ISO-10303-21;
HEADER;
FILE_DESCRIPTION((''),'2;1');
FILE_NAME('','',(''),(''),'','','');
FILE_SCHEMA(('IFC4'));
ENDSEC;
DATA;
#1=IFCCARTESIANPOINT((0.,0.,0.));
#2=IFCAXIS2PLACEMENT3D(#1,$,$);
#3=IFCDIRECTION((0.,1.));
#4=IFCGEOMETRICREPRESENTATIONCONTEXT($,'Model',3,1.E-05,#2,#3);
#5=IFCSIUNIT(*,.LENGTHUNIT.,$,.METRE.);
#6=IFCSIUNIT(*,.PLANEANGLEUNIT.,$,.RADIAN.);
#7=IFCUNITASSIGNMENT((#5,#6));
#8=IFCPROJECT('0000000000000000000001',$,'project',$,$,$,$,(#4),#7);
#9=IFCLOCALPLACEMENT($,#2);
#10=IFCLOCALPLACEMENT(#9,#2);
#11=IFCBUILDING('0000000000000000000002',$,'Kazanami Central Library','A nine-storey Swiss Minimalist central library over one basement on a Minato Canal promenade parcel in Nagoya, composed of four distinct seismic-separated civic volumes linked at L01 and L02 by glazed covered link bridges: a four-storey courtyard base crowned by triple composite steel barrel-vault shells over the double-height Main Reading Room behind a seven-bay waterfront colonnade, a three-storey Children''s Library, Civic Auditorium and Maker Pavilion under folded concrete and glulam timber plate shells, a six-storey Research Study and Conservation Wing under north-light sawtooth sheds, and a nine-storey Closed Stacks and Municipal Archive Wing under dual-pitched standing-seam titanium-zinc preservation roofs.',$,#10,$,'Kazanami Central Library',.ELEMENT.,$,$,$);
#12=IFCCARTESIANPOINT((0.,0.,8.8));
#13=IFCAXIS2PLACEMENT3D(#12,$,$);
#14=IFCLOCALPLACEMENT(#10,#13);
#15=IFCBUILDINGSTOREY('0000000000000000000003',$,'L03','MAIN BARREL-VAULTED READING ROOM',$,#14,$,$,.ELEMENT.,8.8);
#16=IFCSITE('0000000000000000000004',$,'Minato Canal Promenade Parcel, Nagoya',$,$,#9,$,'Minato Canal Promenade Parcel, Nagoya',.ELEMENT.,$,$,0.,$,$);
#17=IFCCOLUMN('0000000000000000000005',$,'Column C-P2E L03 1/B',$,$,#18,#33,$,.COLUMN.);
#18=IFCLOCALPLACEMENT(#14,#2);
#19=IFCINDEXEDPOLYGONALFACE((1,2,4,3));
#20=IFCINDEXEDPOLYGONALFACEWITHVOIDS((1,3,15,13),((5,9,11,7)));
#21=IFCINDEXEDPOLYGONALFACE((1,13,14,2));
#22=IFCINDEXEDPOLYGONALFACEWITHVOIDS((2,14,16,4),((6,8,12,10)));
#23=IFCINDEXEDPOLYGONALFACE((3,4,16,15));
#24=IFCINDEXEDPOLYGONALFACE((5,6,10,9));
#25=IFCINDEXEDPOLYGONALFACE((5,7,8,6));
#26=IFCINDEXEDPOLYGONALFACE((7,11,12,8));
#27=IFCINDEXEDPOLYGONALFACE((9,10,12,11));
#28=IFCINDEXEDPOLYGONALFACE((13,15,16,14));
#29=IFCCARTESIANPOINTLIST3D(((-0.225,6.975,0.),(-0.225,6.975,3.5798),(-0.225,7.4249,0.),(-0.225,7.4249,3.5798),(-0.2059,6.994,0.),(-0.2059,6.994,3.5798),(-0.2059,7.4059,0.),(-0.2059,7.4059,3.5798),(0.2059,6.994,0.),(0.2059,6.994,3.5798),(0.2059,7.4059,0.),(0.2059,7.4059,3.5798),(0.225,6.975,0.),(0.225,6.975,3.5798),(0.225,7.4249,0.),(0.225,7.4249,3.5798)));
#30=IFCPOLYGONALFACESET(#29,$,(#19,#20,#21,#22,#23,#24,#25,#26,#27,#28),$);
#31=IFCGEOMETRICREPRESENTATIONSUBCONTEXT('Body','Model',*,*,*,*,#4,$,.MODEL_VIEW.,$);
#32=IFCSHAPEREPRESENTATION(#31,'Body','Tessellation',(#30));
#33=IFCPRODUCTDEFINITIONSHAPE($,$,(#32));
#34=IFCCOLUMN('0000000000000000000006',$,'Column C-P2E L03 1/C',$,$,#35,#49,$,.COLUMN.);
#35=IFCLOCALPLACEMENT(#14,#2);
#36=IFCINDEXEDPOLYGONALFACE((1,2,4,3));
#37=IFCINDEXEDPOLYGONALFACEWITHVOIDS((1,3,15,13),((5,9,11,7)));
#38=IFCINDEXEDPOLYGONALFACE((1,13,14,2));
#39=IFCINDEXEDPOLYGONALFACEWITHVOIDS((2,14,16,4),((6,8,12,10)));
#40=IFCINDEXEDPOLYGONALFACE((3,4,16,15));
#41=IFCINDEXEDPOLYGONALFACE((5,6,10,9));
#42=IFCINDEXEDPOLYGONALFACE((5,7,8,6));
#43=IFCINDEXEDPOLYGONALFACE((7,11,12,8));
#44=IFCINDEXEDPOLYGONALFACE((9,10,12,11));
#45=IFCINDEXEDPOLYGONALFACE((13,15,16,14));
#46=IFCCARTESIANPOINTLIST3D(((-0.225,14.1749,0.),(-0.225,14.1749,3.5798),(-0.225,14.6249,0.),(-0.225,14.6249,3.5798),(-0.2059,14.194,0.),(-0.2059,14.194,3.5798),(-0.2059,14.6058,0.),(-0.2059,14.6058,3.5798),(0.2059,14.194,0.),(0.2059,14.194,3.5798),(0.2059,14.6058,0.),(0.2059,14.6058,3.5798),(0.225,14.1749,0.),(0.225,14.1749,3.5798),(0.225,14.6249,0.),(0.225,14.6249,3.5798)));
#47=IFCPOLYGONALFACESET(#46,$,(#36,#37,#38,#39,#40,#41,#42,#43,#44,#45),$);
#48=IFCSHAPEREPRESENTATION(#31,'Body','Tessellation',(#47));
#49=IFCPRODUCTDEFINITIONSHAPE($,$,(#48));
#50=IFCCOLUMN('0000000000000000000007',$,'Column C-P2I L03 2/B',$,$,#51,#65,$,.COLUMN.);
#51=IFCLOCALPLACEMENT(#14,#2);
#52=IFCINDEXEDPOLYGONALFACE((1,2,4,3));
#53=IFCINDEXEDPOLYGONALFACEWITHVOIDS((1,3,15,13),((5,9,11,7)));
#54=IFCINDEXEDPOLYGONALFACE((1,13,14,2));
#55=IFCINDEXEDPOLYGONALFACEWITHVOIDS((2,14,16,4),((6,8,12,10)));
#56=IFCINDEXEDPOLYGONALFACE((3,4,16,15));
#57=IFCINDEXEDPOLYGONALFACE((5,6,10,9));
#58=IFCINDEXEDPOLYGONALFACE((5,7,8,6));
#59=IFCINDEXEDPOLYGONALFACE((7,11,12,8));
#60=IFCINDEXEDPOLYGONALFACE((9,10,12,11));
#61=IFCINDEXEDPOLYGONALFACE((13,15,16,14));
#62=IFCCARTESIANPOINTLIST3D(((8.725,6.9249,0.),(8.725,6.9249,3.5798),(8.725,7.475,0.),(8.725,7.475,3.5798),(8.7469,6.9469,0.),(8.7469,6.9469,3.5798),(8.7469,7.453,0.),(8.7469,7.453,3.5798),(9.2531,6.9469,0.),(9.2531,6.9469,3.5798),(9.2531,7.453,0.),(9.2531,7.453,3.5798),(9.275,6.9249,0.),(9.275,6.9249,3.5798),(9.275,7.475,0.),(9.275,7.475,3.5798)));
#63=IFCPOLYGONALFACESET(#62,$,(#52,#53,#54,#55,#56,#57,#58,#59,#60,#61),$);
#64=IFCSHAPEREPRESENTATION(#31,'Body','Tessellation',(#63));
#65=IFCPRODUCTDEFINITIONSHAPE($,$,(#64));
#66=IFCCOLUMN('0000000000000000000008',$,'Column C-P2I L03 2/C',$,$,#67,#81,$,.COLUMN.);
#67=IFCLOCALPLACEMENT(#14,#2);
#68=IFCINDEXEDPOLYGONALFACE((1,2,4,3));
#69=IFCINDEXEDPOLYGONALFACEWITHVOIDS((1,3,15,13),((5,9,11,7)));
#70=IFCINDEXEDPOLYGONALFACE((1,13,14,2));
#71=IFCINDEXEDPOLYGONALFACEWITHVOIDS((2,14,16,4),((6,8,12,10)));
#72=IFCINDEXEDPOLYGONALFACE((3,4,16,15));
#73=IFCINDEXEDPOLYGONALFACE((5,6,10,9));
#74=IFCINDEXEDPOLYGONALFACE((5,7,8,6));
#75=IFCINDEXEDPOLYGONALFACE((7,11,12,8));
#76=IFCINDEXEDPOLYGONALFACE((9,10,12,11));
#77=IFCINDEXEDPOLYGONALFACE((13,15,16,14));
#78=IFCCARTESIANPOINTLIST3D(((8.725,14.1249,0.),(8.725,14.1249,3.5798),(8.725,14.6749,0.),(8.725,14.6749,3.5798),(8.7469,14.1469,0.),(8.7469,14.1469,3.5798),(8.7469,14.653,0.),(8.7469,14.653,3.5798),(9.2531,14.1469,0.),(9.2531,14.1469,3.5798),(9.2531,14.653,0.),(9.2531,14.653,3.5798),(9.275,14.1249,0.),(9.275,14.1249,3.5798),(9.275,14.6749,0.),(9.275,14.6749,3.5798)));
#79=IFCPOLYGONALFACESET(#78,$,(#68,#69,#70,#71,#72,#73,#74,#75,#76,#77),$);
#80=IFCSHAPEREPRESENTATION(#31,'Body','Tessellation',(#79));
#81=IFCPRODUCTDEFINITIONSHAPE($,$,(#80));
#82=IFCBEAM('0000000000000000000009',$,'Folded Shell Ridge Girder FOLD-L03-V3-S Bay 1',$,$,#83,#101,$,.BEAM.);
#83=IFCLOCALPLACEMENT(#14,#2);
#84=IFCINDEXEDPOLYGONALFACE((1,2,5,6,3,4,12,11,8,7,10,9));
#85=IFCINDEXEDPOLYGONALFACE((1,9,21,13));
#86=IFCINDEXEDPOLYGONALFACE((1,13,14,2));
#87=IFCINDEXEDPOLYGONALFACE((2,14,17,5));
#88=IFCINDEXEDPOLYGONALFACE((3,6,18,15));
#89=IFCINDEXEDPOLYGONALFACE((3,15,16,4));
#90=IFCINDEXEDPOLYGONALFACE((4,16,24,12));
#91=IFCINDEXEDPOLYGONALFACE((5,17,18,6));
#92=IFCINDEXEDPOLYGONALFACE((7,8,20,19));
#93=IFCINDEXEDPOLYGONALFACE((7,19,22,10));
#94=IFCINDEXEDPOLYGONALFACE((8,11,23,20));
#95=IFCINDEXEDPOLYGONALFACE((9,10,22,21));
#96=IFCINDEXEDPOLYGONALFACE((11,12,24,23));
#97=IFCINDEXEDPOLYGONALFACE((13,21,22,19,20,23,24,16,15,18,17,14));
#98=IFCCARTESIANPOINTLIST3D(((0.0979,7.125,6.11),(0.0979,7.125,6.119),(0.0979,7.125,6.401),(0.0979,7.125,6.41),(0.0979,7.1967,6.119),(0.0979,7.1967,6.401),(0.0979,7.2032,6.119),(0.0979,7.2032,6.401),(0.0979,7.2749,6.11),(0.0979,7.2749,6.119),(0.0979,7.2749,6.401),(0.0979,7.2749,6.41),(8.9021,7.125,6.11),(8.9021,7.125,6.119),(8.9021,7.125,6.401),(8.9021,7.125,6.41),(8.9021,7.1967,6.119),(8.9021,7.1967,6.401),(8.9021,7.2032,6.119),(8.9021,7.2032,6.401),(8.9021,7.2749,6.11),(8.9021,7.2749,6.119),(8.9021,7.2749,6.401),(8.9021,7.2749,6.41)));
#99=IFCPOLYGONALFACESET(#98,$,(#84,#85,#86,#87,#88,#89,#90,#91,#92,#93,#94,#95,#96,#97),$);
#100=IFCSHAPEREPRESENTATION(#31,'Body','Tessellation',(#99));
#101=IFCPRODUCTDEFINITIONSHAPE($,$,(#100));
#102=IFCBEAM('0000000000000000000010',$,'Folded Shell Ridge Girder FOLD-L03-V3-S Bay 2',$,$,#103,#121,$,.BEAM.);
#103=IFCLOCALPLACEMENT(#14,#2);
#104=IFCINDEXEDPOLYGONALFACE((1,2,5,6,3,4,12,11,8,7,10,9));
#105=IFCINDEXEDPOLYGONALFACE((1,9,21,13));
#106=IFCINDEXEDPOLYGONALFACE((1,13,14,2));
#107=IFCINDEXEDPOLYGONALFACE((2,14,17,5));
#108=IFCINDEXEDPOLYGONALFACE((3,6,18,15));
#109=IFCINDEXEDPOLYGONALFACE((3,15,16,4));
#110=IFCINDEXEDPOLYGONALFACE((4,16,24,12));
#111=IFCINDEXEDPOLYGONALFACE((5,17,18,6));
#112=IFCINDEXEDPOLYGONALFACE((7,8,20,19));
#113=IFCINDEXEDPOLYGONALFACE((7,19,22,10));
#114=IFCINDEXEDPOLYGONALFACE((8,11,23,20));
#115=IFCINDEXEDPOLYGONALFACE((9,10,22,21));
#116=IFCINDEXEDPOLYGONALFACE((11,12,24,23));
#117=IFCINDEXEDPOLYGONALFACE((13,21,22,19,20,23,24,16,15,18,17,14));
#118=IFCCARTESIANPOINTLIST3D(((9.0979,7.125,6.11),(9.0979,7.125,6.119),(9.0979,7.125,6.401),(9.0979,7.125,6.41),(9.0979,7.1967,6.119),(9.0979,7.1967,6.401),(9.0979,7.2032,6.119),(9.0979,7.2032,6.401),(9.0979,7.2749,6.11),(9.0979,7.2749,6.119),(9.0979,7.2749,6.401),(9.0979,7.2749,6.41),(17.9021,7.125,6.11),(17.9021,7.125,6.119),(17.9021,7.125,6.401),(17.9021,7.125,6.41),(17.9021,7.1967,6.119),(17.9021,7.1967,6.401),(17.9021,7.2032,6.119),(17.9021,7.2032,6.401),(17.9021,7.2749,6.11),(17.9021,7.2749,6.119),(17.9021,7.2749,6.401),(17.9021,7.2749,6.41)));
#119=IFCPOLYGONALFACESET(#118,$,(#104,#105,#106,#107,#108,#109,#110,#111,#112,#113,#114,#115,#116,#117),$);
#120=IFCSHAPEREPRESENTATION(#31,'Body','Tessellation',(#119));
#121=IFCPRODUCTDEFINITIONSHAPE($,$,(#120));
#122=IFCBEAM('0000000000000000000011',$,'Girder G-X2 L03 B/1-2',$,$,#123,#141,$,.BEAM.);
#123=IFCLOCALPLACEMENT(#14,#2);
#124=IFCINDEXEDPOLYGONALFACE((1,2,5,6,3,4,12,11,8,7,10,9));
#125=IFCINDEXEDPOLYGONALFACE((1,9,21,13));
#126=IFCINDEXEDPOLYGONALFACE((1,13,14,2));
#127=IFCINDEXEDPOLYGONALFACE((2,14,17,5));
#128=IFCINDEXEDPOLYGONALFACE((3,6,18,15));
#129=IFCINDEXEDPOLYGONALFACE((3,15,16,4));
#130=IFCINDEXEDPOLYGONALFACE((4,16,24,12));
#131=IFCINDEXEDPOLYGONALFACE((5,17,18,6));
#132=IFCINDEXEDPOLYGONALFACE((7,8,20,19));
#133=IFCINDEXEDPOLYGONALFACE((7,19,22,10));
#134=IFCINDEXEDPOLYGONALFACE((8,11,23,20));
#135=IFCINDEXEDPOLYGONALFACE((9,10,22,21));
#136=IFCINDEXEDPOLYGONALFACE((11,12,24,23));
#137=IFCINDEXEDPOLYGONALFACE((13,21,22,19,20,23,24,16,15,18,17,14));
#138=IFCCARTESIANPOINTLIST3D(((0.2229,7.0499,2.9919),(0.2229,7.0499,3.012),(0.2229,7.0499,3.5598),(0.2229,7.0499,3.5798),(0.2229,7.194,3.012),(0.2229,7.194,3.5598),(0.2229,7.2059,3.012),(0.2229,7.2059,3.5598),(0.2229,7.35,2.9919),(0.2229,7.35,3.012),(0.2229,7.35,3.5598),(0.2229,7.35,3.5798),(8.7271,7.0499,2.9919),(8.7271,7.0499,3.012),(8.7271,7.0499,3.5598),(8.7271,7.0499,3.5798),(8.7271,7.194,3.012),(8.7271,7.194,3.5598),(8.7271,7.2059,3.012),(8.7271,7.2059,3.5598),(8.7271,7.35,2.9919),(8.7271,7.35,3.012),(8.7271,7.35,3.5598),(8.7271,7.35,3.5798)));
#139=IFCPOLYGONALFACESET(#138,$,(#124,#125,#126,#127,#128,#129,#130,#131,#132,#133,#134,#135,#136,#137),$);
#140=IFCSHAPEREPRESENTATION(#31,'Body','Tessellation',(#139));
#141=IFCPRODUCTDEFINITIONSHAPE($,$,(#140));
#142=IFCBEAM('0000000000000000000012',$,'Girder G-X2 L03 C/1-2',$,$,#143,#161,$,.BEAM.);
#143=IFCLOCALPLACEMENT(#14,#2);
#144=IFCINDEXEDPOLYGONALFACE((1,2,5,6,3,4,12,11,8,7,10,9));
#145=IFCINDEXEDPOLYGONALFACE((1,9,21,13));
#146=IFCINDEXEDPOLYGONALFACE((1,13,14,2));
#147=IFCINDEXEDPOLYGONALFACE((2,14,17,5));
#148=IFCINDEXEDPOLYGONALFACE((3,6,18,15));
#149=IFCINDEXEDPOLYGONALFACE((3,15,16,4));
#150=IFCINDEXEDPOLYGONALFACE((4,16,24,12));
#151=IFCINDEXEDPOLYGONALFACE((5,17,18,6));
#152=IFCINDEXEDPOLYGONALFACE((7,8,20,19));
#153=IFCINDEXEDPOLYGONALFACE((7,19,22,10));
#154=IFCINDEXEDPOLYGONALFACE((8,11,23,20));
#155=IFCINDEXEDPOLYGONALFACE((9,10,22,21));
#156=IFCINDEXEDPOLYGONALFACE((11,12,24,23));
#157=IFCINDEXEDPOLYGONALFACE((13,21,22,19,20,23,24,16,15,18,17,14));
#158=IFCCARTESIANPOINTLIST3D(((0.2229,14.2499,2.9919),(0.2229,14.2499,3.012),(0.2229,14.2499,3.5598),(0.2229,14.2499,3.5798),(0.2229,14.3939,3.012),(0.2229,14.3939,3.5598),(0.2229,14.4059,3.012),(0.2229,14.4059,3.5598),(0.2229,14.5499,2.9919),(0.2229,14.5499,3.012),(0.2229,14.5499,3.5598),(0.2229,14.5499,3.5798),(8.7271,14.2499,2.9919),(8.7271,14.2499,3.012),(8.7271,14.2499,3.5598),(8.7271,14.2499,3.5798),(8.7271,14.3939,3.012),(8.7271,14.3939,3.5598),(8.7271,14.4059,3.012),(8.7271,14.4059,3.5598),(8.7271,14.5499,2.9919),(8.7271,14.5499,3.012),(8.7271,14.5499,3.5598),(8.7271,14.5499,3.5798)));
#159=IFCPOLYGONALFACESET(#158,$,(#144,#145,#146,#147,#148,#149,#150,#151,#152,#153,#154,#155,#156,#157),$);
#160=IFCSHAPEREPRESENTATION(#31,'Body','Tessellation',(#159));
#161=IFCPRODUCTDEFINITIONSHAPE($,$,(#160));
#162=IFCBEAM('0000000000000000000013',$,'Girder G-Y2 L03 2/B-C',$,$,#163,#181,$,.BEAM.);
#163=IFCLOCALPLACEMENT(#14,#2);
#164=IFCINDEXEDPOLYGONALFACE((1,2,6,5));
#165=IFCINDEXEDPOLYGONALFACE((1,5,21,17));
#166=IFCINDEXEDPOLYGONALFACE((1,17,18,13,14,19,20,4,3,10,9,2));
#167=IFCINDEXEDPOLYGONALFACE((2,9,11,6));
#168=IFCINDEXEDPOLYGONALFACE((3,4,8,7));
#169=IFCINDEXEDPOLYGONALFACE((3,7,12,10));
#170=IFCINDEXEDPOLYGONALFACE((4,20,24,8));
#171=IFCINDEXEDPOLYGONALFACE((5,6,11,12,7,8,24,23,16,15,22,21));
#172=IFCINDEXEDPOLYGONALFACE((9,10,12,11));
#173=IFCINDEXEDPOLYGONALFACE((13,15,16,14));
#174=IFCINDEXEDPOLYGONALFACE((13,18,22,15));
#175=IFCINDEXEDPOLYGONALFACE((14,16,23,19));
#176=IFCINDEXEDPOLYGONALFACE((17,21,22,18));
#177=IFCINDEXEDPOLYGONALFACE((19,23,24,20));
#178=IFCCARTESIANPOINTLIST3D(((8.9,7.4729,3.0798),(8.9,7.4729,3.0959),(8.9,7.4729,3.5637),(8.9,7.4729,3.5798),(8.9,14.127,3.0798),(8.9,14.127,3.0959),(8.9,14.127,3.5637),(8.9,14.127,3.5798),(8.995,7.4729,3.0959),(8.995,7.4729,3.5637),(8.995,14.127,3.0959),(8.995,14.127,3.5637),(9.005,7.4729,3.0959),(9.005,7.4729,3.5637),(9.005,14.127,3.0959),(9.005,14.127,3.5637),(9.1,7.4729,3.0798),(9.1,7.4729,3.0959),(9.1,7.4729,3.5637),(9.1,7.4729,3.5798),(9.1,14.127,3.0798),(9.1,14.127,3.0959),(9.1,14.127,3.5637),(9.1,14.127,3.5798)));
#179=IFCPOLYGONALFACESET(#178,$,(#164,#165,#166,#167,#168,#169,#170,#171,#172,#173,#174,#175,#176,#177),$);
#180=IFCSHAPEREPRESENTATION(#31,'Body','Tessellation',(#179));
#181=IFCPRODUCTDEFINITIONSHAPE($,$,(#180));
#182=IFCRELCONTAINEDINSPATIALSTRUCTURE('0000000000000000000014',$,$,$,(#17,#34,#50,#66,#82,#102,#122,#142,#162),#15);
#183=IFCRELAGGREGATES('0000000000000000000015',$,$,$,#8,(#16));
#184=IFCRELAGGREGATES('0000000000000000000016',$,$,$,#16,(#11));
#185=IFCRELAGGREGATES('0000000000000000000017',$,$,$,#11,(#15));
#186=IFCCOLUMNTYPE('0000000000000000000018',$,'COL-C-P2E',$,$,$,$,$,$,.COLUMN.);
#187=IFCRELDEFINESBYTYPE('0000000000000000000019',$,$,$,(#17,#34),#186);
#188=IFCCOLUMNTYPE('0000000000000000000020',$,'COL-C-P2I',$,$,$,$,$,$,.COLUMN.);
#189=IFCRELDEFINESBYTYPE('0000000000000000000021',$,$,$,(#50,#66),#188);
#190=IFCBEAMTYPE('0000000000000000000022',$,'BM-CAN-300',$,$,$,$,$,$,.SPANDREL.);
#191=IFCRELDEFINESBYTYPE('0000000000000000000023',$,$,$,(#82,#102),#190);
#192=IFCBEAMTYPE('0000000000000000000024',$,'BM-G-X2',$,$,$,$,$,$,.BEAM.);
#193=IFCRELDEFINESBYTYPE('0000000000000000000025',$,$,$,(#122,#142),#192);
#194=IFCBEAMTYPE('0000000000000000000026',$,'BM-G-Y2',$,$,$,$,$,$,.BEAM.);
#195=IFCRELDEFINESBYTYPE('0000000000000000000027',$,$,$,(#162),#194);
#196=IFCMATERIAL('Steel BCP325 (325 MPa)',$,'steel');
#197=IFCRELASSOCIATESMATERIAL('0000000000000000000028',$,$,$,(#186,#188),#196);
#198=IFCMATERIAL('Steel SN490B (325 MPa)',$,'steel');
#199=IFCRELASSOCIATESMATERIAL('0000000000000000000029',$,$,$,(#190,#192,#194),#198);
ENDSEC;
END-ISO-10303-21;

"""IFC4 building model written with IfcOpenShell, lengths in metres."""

from ifc_helpers import new_model, si_unit, direction, frame, origin, origin_2d, place, context, subcontext, project, spatial, hollow_rectangle, i_section, extrude, material, material_profile, profile_set, type_object, element, save


model = new_model("IFC4")

# Units and contexts
model_context = context("Model", 3, precision=1e-05, world=origin(), true_north=direction((0.0, 1.0)))
body_context = subcontext(model_context, "Body", "Model", "MODEL_VIEW")
ifc_project = project(units=[si_unit("LENGTHUNIT", "METRE"), si_unit("PLANEANGLEUNIT", "RADIAN")], contexts=[model_context])

# Site, building, storey
site_placement = place(None, origin())
site = spatial("IfcSite", under=ifc_project, at=site_placement, Name="Minato Canal Promenade Parcel, Nagoya", LongName="Minato Canal Promenade Parcel, Nagoya", CompositionType="ELEMENT", RefElevation=0.0)
building_placement = place(site_placement, origin())
building = spatial("IfcBuilding", under=site, at=building_placement, Name="Kazanami Central Library", Description="A nine-storey Swiss Minimalist central library over one basement on a Minato Canal promenade parcel in Nagoya, composed of four distinct seismic-separated civic volumes linked at L01 and L02 by glazed covered link bridges: a four-storey courtyard base crowned by triple composite steel barrel-vault shells over the double-height Main Reading Room behind a seven-bay waterfront colonnade, a three-storey Children's Library, Civic Auditorium and Maker Pavilion under folded concrete and glulam timber plate shells, a six-storey Research Study and Conservation Wing under north-light sawtooth sheds, and a nine-storey Closed Stacks and Municipal Archive Wing under dual-pitched standing-seam titanium-zinc preservation roofs.", LongName="Kazanami Central Library", CompositionType="ELEMENT")
storey_placement = place(building_placement, frame((0.0, 0.0, 8.8)))
storey = spatial("IfcBuildingStorey", under=building, at=storey_placement, Name="L03", Description="MAIN BARREL-VAULTED READING ROOM", CompositionType="ELEMENT", Elevation=8.8)

# Columns
ifc_material_1 = material(Name="Steel BCP325 (325 MPa)", Category="steel")
ifc_material_profile_1 = material_profile(ifc_material_1, hollow_rectangle(XDim=0.45, YDim=0.45, WallThickness=0.019, at=origin_2d()), Name="BCP-450x450x19")
ifc_profile_set_1 = profile_set([ifc_material_profile_1], Name="Steel BCP325 (325 MPa)")
column_type_1 = type_object("IfcColumnType", Name="COL-C-P2E", PredefinedType="COLUMN", material=ifc_profile_set_1)
for number, where, z_axis, x_axis, name in (
    (1, (0.0, 7.2, 0.0), (0.0, 0.0, 1.0), (1.0, 0.0, 0.0), "Column C-P2E L03 1/B"),
    (2, (0.0, 14.3999, 0.0), (0.0, 0.0, 1.0), (1.0, 0.0, 0.0), "Column C-P2E L03 1/C"),
):
    element("IfcColumn", number, at=place(storey_placement, frame(where, z_axis=z_axis, x_axis=x_axis)), inside=storey, type_object=column_type_1, Name=name, PredefinedType="COLUMN", context=body_context, shape_type="SweptSolid", body=[
        extrude(hollow_rectangle(XDim=0.45, YDim=0.45, WallThickness=0.019, at=origin_2d()), origin(), (0.0, 0.0, 1.0), 3.5798),
    ])
ifc_material_profile_2 = material_profile(ifc_material_1, hollow_rectangle(XDim=0.55, YDim=0.55, WallThickness=0.022, at=origin_2d()), Name="BCP-550x550x22")
ifc_profile_set_2 = profile_set([ifc_material_profile_2], Name="Steel BCP325 (325 MPa)")
column_type_2 = type_object("IfcColumnType", Name="COL-C-P2I", PredefinedType="COLUMN", material=ifc_profile_set_2)
for number, where, z_axis, x_axis, name in (
    (3, (9.0, 7.2, 0.0), (0.0, 0.0, 1.0), (1.0, 0.0, 0.0), "Column C-P2I L03 2/B"),
    (4, (9.0, 14.3999, 0.0), (0.0, 0.0, 1.0), (1.0, 0.0, 0.0), "Column C-P2I L03 2/C"),
):
    element("IfcColumn", number, at=place(storey_placement, frame(where, z_axis=z_axis, x_axis=x_axis)), inside=storey, type_object=column_type_2, Name=name, PredefinedType="COLUMN", context=body_context, shape_type="SweptSolid", body=[
        extrude(hollow_rectangle(XDim=0.55, YDim=0.55, WallThickness=0.022, at=origin_2d()), origin(), (0.0, 0.0, 1.0), 3.5798),
    ])

# Beams
ifc_material_2 = material(Name="Steel SN490B (325 MPa)", Category="steel")
ifc_material_profile_3 = material_profile(ifc_material_2, i_section(OverallWidth=0.1499, OverallDepth=0.3, WebThickness=0.0066, FlangeThickness=0.009, at=origin_2d()), Name="H-300x150x6.5x9")
ifc_profile_set_3 = profile_set([ifc_material_profile_3], Name="Steel SN490B (325 MPa)")
beam_type_1 = type_object("IfcBeamType", Name="BM-CAN-300", PredefinedType="SPANDREL", material=ifc_profile_set_3)
for number, where, z_axis, x_axis, name in (
    (5, (0.0979, 7.2, 6.26), (1.0, 0.0, 0.0), (0.0, 1.0, 0.0), "Folded Shell Ridge Girder FOLD-L03-V3-S Bay 1"),
    (6, (9.0979, 7.2, 6.26), (1.0, 0.0, 0.0), (0.0, 1.0, 0.0), "Folded Shell Ridge Girder FOLD-L03-V3-S Bay 2"),
):
    element("IfcBeam", number, at=place(storey_placement, frame(where, z_axis=z_axis, x_axis=x_axis)), inside=storey, type_object=beam_type_1, Name=name, PredefinedType="BEAM", context=body_context, shape_type="SweptSolid", body=[
        extrude(i_section(OverallWidth=0.1499, OverallDepth=0.3, WebThickness=0.0066, FlangeThickness=0.009, at=origin_2d()), origin(), (0.0, 0.0, 1.0), 8.8042),
    ])
ifc_material_profile_4 = material_profile(ifc_material_2, i_section(OverallWidth=0.3, OverallDepth=0.5879, WebThickness=0.012, FlangeThickness=0.02, at=origin_2d()), Name="H-588x300x12x20")
ifc_profile_set_4 = profile_set([ifc_material_profile_4], Name="Steel SN490B (325 MPa)")
beam_type_2 = type_object("IfcBeamType", Name="BM-G-X2", PredefinedType="BEAM", material=ifc_profile_set_4)
for number, where, z_axis, x_axis, name in (
    (7, (0.2229, 7.2, 3.2859), (1.0, 0.0, 0.0), (0.0, 1.0, 0.0), "Girder G-X2 L03 B/1-2"),
    (8, (0.2229, 14.3999, 3.2859), (1.0, 0.0, 0.0), (0.0, 1.0, 0.0), "Girder G-X2 L03 C/1-2"),
):
    element("IfcBeam", number, at=place(storey_placement, frame(where, z_axis=z_axis, x_axis=x_axis)), inside=storey, type_object=beam_type_2, Name=name, PredefinedType="BEAM", context=body_context, shape_type="SweptSolid", body=[
        extrude(i_section(OverallWidth=0.3, OverallDepth=0.5879, WebThickness=0.012, FlangeThickness=0.02, at=origin_2d()), origin(), (0.0, 0.0, 1.0), 8.5042),
    ])
ifc_material_profile_5 = material_profile(ifc_material_2, i_section(OverallWidth=0.2, OverallDepth=0.5, WebThickness=0.01, FlangeThickness=0.0161, at=origin_2d()), Name="H-500x200x10x16")
ifc_profile_set_5 = profile_set([ifc_material_profile_5], Name="Steel SN490B (325 MPa)")
beam_type_3 = type_object("IfcBeamType", Name="BM-G-Y2", PredefinedType="BEAM", material=ifc_profile_set_5)
beam_placement = place(storey_placement, frame((9.0, 7.4729, 3.3298), z_axis=(0.0, 1.0, 0.0), x_axis=(-1.0, 0.0, 0.0)))
element("IfcBeam", 9, at=beam_placement, inside=storey, type_object=beam_type_3, Name="Girder G-Y2 L03 2/B-C", PredefinedType="BEAM", context=body_context, shape_type="SweptSolid", body=[
    extrude(i_section(OverallWidth=0.2, OverallDepth=0.5, WebThickness=0.01, FlangeThickness=0.0161, at=origin_2d()), origin(), (0.0, 0.0, 1.0), 6.6541),
])

save(model, "model.ifc")
